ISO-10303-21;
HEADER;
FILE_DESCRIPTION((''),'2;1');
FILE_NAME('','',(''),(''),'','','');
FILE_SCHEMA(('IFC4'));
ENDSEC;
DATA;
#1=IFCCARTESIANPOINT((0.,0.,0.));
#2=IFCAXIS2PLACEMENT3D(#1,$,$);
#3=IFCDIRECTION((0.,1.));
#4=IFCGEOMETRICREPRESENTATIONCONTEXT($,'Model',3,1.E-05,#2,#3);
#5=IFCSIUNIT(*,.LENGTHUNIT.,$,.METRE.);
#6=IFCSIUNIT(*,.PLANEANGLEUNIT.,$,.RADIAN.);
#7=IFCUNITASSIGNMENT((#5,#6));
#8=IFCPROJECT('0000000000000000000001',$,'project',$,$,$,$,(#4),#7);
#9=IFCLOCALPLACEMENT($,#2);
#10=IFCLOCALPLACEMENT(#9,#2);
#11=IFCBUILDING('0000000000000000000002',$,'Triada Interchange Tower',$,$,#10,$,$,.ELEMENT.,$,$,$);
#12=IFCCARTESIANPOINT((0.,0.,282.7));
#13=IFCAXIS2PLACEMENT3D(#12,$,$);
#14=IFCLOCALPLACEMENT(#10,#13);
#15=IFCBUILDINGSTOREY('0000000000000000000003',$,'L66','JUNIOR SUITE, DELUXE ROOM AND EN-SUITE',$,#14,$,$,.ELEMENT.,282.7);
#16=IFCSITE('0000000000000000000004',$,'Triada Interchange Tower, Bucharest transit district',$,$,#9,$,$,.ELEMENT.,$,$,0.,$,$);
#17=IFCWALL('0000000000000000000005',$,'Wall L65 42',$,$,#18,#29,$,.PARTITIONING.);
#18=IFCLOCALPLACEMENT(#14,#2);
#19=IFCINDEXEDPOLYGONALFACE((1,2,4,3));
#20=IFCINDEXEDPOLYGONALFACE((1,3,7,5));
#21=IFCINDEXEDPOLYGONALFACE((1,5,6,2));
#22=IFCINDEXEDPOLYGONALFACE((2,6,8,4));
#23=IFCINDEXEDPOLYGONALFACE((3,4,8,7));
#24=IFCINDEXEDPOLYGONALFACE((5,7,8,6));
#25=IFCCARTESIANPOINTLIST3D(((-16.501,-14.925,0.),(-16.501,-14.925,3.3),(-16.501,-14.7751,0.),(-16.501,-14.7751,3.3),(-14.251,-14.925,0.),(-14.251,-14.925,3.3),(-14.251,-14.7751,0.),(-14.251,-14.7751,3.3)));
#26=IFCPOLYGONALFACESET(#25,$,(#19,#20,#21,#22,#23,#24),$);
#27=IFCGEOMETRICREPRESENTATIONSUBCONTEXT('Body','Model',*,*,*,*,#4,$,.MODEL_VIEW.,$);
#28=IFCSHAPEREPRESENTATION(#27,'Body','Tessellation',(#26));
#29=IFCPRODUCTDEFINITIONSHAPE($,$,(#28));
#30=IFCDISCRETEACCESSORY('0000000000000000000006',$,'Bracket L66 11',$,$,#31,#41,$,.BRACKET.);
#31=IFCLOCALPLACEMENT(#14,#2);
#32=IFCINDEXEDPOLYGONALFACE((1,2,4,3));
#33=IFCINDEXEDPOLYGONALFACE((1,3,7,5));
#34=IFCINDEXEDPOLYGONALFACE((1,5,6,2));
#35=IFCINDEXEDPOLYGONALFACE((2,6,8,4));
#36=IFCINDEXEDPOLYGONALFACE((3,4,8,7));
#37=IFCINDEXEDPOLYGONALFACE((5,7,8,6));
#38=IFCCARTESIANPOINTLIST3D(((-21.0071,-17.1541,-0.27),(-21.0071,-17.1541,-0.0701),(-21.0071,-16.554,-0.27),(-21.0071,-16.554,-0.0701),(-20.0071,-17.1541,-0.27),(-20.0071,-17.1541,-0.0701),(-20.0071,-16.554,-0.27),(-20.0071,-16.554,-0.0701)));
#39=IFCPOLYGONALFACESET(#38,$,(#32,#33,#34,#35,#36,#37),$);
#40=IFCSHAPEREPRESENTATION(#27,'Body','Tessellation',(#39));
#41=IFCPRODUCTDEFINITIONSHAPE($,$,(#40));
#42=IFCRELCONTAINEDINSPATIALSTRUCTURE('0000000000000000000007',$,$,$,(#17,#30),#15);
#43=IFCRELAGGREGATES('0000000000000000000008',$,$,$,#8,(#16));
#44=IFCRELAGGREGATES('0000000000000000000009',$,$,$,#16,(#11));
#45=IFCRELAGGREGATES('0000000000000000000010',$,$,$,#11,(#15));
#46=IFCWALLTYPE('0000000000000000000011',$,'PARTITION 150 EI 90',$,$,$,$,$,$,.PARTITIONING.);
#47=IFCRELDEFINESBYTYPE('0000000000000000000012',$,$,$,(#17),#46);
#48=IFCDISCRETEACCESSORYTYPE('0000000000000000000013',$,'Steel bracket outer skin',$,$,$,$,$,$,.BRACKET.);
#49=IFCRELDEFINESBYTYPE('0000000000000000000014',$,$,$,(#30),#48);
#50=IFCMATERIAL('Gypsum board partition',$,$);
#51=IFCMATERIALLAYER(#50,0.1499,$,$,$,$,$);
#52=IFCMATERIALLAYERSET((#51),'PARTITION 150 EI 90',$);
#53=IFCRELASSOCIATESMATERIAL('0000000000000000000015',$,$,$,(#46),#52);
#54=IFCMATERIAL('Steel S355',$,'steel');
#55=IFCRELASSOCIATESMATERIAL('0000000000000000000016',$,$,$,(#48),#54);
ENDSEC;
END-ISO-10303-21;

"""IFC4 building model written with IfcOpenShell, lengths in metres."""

from ifc_helpers import new_model, si_unit, direction, frame, frame_2d, origin, origin_2d, place, context, subcontext, project, spatial, rectangle, extrude, material, layer, layer_set, type_object, element, save


model = new_model("IFC4")

# Units and contexts
model_context = context("Model", 3, precision=1e-05, world=origin(), true_north=direction((0.0, 1.0)))
body_context = subcontext(model_context, "Body", "Model", "MODEL_VIEW")
ifc_project = project(units=[si_unit("LENGTHUNIT", "METRE"), si_unit("PLANEANGLEUNIT", "RADIAN")], contexts=[model_context])

# Site, building, storey
site_placement = place(None, origin())
site = spatial("IfcSite", under=ifc_project, at=site_placement, Name="Triada Interchange Tower, Bucharest transit district", CompositionType="ELEMENT", RefElevation=0.0)
building_placement = place(site_placement, origin())
building = spatial("IfcBuilding", under=site, at=building_placement, Name="Triada Interchange Tower", CompositionType="ELEMENT")
storey_placement = place(building_placement, frame((0.0, 0.0, 282.7)))
storey = spatial("IfcBuildingStorey", under=building, at=storey_placement, Name="L66", Description="JUNIOR SUITE, DELUXE ROOM AND EN-SUITE", CompositionType="ELEMENT", Elevation=282.7)

# Shared definitions
ifc_material_1 = material(Name="Gypsum board partition")

# Shared definitions
ifc_layer_1 = layer(ifc_material_1, 0.1499)
ifc_layer_set_1 = layer_set([ifc_layer_1], Name="PARTITION 150 EI 90")
wall_type_1 = type_object("IfcWallType", Name="PARTITION 150 EI 90", PredefinedType="PARTITIONING", material=ifc_layer_set_1)

# Wall
wall_1_placement = place(storey_placement, frame((-16.501, -14.8501, 0.0), z_axis=(0.0, 0.0, 1.0), x_axis=(1.0, 0.0, 0.0)))
element("IfcWall", 1, at=wall_1_placement, inside=storey, type_object=wall_type_1, Name="Wall L65 42", PredefinedType="PARTITIONING", context=body_context, shape_type="SweptSolid", body=[
    extrude(rectangle(XDim=2.25, YDim=0.1499, at=frame_2d((1.125, 0.0))), origin(), (0.0, 0.0, 1.0), 3.3),
])

# Discrete accessory
ifc_material_2 = material(Name="Steel S355", Category="steel")
discrete_accessory_type = type_object("IfcDiscreteAccessoryType", Name="Steel bracket outer skin", PredefinedType="BRACKET", material=ifc_material_2)
discrete_accessory_placement = place(storey_placement, frame((-20.5071, -16.854, -0.27), z_axis=(0.0, 0.0, 1.0), x_axis=(0.0, -1.0, 0.0)))
element("IfcDiscreteAccessory", 2, at=discrete_accessory_placement, inside=storey, type_object=discrete_accessory_type, Name="Bracket L66 11", PredefinedType="BRACKET", context=body_context, shape_type="SweptSolid", body=[
    extrude(rectangle(XDim=0.6001, YDim=1.0, at=origin_2d()), origin(), (0.0, 0.0, 1.0), 0.2),
])

save(model, "model.ifc")
